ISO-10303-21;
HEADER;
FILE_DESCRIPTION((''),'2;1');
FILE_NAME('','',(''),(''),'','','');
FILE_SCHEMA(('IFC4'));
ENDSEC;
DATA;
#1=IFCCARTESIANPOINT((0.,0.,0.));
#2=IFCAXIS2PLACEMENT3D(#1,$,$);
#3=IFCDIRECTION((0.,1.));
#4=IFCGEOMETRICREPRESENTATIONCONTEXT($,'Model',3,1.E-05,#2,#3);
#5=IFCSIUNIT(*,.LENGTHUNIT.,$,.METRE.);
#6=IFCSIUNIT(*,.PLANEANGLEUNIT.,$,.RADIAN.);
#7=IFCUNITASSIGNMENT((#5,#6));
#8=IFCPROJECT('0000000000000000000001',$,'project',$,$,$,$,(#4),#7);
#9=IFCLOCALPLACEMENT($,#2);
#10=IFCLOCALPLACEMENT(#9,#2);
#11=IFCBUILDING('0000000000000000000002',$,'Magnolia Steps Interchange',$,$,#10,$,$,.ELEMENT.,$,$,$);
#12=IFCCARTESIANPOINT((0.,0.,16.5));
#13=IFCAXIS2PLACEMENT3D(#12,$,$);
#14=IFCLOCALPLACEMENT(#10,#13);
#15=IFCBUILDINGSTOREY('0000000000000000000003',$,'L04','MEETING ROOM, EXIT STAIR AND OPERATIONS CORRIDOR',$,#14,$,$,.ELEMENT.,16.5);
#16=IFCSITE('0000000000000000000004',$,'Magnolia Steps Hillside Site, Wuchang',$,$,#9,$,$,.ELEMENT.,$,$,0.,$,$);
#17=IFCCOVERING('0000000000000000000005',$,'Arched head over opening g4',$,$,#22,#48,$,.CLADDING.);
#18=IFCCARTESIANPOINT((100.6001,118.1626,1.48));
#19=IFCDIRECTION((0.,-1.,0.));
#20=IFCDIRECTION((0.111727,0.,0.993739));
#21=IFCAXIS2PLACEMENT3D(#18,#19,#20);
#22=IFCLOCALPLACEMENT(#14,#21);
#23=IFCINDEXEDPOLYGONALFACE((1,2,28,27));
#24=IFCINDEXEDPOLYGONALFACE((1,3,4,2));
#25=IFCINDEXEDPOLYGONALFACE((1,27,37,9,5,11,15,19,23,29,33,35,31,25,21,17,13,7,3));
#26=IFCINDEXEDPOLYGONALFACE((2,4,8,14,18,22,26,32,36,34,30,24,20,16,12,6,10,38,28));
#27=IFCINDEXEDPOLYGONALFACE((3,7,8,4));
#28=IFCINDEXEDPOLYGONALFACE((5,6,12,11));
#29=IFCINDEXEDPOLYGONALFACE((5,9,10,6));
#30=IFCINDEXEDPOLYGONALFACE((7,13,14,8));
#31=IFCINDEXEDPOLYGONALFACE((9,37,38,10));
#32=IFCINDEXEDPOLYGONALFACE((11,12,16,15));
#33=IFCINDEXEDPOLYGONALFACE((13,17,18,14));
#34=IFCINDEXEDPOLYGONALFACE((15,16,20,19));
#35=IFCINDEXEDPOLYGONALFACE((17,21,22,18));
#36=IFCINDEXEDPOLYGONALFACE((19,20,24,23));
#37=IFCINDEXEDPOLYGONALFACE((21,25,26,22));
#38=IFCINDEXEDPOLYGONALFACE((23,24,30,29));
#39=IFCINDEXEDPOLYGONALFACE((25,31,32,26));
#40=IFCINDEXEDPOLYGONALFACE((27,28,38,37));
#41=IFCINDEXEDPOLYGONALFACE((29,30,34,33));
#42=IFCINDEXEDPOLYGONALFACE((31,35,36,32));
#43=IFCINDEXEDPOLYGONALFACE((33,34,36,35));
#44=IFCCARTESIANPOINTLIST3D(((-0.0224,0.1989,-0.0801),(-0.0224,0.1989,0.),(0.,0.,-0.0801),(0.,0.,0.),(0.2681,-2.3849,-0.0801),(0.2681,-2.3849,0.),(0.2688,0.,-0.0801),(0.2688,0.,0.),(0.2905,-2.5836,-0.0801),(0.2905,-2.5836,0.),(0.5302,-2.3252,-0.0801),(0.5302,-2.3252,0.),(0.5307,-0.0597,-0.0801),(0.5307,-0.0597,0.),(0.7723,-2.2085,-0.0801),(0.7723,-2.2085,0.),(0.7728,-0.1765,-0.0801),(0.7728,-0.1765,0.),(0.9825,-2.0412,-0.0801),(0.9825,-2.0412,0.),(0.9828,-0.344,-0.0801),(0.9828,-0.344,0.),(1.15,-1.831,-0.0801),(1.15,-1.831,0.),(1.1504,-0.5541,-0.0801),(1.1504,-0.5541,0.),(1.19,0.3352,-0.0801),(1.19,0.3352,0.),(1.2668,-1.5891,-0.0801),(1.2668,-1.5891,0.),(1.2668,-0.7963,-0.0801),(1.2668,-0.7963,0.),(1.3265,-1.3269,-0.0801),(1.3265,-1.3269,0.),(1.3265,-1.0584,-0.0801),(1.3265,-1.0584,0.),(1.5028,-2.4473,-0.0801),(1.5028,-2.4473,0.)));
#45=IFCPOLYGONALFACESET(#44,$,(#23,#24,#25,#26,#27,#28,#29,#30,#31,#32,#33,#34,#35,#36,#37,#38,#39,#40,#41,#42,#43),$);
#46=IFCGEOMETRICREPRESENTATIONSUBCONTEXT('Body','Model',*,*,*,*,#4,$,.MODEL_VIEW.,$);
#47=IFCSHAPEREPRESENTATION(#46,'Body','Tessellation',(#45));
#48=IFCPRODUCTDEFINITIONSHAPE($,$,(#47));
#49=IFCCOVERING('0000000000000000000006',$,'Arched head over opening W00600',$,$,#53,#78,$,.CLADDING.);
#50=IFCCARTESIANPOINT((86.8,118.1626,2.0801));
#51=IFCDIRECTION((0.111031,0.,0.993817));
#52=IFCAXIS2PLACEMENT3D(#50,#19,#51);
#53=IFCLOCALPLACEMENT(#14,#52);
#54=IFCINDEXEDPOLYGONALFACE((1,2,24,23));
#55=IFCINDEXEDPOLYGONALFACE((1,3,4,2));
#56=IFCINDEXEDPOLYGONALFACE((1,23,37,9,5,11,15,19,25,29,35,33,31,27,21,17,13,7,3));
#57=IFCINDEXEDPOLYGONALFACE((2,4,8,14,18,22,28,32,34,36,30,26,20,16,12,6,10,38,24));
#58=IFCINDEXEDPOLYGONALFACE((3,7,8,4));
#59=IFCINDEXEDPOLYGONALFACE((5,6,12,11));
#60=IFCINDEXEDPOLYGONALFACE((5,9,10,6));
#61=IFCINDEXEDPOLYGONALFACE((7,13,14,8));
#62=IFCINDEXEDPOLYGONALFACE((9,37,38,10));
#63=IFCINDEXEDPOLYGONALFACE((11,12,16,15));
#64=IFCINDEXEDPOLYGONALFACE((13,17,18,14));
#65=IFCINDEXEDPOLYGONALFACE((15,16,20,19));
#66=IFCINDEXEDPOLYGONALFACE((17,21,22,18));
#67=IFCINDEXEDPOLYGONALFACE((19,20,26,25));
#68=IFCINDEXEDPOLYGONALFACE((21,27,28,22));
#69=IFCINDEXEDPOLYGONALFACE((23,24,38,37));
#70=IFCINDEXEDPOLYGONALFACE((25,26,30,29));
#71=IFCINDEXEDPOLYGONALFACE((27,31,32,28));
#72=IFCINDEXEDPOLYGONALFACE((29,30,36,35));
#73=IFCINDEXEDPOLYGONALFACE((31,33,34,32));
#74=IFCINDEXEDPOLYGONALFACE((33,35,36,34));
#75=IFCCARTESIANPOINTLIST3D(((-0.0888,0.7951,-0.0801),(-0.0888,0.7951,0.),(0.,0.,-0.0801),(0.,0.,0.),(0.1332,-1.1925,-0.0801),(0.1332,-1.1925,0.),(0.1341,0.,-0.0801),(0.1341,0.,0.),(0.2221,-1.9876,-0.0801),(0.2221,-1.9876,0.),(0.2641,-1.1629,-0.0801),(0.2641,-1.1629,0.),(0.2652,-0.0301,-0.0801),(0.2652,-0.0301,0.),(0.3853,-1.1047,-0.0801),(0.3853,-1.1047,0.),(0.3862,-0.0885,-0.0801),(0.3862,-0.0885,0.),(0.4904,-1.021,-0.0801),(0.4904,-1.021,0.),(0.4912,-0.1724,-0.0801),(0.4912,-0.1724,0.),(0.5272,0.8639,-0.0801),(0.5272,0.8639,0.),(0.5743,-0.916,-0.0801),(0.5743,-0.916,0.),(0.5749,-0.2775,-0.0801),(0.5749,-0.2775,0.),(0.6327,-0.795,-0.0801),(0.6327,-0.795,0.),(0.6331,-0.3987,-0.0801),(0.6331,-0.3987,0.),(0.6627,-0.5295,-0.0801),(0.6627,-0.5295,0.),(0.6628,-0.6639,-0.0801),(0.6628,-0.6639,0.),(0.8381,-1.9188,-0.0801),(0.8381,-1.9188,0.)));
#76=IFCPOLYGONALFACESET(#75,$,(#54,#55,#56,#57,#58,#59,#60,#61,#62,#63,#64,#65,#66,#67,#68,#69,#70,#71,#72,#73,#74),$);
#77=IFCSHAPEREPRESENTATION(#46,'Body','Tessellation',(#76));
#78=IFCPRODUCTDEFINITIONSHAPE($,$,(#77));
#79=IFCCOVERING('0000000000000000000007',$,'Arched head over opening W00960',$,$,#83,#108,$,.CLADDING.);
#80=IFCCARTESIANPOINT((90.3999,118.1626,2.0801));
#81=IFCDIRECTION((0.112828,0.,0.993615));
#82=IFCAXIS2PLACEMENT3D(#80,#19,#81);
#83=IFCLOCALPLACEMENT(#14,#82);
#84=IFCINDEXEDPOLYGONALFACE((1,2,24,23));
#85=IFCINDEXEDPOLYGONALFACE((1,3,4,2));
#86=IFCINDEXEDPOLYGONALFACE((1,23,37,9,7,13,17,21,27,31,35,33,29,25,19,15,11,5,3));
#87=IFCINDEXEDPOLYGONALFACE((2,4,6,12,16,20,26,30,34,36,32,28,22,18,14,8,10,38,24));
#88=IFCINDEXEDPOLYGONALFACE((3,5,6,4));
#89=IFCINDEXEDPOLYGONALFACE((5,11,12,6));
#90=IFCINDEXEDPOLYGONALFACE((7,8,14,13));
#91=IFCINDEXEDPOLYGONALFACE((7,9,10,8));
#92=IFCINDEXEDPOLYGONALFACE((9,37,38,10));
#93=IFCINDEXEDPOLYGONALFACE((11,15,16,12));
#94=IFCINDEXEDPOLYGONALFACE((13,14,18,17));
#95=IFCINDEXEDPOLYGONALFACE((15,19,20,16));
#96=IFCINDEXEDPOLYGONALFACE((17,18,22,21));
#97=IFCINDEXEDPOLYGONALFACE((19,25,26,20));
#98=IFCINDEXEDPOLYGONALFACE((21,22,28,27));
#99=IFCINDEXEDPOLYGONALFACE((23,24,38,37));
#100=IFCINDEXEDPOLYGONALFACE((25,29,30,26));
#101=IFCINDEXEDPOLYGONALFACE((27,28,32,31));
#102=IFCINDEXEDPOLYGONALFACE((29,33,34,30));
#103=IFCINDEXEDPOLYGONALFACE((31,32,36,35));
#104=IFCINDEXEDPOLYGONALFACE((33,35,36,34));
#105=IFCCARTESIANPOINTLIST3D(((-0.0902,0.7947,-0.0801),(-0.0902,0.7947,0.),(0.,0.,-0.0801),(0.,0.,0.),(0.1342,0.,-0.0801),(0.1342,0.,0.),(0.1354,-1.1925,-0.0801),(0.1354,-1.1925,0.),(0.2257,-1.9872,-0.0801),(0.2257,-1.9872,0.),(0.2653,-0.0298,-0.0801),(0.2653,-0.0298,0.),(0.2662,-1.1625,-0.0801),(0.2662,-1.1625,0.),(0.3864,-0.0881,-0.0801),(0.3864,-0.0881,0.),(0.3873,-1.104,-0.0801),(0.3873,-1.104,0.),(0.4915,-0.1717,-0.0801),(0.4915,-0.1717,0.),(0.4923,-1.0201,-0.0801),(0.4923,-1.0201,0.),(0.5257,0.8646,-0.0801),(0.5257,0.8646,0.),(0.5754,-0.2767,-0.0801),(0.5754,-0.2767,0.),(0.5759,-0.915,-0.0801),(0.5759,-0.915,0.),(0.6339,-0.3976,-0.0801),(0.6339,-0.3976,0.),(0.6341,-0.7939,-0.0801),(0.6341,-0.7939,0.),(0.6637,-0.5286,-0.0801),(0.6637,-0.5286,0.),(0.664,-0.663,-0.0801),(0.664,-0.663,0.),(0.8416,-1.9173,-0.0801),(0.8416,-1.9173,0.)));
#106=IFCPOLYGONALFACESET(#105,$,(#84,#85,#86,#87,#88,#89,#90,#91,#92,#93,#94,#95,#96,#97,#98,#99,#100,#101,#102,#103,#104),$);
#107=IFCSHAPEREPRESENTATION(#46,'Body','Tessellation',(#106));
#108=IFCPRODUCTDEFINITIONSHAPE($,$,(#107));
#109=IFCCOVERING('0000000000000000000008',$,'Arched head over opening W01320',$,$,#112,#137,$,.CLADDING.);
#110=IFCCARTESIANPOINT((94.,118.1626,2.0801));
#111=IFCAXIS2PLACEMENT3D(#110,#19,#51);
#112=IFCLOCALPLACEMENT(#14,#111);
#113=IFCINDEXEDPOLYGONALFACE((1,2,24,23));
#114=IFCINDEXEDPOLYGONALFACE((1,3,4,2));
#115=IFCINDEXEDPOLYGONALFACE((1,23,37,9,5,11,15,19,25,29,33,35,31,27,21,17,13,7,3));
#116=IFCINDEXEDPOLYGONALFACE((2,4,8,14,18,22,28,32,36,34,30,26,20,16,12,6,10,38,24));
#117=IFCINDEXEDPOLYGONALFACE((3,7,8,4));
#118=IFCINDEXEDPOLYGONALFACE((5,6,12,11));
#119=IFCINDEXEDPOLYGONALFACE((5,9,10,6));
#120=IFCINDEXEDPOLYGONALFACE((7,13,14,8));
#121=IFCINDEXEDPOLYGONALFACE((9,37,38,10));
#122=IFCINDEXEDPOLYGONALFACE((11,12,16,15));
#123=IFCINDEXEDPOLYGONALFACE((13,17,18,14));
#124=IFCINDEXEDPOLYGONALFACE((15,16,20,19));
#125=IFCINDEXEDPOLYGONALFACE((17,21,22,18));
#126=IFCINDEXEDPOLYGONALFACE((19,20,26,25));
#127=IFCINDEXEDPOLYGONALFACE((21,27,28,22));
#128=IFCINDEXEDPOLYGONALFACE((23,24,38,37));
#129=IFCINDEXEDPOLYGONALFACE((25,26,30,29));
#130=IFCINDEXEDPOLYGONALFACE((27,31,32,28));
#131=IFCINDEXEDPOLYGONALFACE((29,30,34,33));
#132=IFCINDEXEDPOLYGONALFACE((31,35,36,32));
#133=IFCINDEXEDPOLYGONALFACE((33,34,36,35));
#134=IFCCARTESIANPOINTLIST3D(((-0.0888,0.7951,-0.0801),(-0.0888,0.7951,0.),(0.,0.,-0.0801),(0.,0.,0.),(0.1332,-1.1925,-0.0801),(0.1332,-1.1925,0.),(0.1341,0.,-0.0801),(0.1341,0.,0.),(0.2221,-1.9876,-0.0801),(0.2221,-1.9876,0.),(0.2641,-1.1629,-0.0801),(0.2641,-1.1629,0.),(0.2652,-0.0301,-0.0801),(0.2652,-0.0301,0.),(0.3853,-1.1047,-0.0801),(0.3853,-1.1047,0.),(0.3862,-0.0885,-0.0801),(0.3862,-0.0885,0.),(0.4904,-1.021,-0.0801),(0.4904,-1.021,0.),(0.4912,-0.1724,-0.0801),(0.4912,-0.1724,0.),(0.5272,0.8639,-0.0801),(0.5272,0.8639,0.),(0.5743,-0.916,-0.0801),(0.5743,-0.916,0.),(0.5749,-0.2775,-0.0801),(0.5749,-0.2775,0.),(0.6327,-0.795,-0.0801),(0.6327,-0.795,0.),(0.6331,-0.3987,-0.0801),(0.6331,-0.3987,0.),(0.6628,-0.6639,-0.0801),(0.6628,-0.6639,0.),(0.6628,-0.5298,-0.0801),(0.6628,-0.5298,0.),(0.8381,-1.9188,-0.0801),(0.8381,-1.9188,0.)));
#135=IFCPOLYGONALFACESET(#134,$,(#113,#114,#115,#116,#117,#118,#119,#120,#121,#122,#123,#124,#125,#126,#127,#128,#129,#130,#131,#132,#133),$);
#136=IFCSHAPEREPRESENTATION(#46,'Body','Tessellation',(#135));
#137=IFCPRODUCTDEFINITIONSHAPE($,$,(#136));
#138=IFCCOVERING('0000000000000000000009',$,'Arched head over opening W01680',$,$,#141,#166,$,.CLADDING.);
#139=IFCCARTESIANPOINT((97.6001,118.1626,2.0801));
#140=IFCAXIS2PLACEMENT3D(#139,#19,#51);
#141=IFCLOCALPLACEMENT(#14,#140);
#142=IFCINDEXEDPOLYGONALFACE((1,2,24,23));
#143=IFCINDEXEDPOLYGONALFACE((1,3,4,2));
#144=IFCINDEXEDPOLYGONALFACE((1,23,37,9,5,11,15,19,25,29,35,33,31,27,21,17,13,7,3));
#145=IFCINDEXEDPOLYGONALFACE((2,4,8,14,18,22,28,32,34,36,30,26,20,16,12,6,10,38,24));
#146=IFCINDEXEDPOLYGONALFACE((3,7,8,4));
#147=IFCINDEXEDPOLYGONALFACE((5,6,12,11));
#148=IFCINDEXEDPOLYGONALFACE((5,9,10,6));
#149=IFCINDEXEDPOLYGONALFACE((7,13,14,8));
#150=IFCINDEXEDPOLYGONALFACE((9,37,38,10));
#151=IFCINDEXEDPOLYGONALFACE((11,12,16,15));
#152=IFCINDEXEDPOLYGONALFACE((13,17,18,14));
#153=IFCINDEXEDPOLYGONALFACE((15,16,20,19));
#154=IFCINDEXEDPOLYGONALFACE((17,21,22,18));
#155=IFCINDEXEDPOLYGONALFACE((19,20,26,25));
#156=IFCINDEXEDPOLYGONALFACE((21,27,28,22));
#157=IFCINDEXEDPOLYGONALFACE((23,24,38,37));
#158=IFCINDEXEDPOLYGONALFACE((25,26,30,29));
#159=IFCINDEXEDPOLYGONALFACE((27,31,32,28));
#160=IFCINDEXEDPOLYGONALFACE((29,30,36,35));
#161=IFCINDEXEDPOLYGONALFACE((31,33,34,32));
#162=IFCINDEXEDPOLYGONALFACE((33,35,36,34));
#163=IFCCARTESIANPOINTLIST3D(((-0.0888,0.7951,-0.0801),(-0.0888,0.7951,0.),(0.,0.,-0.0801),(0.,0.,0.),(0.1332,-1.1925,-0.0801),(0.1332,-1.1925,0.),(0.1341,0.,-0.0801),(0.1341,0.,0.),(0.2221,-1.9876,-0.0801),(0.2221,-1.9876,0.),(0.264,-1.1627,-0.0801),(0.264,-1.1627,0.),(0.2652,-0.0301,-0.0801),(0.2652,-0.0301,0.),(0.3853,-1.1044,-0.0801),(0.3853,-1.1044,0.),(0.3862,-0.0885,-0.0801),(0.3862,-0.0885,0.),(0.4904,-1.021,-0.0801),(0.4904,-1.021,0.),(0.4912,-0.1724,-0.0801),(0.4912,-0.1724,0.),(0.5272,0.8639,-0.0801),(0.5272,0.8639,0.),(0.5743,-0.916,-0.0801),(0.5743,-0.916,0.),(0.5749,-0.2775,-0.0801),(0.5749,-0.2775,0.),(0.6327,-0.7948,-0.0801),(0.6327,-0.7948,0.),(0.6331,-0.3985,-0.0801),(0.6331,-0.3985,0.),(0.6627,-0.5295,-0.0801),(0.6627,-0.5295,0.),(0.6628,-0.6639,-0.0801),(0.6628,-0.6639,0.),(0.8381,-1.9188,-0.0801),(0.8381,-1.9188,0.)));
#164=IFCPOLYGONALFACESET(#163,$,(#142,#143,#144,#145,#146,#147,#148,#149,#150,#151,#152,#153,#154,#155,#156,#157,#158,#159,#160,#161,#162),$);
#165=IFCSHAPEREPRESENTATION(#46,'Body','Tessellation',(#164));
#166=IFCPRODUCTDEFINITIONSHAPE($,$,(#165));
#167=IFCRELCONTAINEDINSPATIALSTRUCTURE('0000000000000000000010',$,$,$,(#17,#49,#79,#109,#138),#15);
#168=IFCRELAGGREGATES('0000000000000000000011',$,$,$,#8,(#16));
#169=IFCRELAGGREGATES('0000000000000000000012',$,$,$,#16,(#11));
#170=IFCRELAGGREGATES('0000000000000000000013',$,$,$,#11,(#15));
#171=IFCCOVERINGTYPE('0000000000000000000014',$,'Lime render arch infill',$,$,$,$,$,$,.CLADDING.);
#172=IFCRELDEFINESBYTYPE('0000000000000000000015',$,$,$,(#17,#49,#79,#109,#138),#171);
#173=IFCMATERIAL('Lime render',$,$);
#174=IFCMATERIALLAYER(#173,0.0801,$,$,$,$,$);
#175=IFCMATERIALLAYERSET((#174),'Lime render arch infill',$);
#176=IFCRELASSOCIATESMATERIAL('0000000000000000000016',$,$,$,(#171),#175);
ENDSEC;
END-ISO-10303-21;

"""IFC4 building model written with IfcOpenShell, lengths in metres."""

from ifc_helpers import new_model, si_unit, direction, frame, origin, place, context, subcontext, project, spatial, polyline, outline, extrude, material, layer, layer_set, type_object, element, save


model = new_model("IFC4")

# Units and contexts
model_context = context("Model", 3, precision=1e-05, world=origin(), true_north=direction((0.0, 1.0)))
body_context = subcontext(model_context, "Body", "Model", "MODEL_VIEW")
ifc_project = project(units=[si_unit("LENGTHUNIT", "METRE"), si_unit("PLANEANGLEUNIT", "RADIAN")], contexts=[model_context])

# Site, building, storey
site_placement = place(None, origin())
site = spatial("IfcSite", under=ifc_project, at=site_placement, Name="Magnolia Steps Hillside Site, Wuchang", CompositionType="ELEMENT", RefElevation=0.0)
building_placement = place(site_placement, origin())
building = spatial("IfcBuilding", under=site, at=building_placement, Name="Magnolia Steps Interchange", CompositionType="ELEMENT")
storey_placement = place(building_placement, frame((0.0, 0.0, 16.5)))
storey = spatial("IfcBuildingStorey", under=building, at=storey_placement, Name="L04", Description="MEETING ROOM, EXIT STAIR AND OPERATIONS CORRIDOR", CompositionType="ELEMENT", Elevation=16.5)

# Coverings
ifc_material_1 = material(Name="Lime render")
ifc_layer_1 = layer(ifc_material_1, 0.0801)
ifc_layer_set_1 = layer_set([ifc_layer_1], Name="Lime render arch infill")
covering_type_1 = type_object("IfcCoveringType", Name="Lime render arch infill", PredefinedType="CLADDING", material=ifc_layer_set_1)
covering_1_placement = place(storey_placement, frame((100.6001, 118.1626, 1.48), z_axis=(0.0, -1.0, 0.0), x_axis=(0.111727, 0.0, 0.993739)))
element("IfcCovering", 1, at=covering_1_placement, inside=storey, type_object=covering_type_1, Name="Arched head over opening g4", PredefinedType="CLADDING", context=body_context, shape_type="SweptSolid", body=[
    extrude(outline(polyline([(0.0, 0.0), (0.2688, 0.0), (0.5307, -0.0597), (0.7728, -0.1765), (0.9828, -0.344), (1.1504, -0.5541), (1.2668, -0.7963), (1.3265, -1.0584), (1.3265, -1.3269), (1.2668, -1.5891), (1.15, -1.831), (0.9825, -2.0412), (0.7723, -2.2085), (0.5302, -2.3252), (0.2681, -2.3849), (0.2905, -2.5836), (1.5028, -2.4473), (1.19, 0.3352), (-0.0224, 0.1989), (0.0, 0.0)])), origin(), (0.0, 0.0, -1.0), 0.0801),
])
covering_2_placement = place(storey_placement, frame((86.8, 118.1626, 2.0801), z_axis=(0.0, -1.0, 0.0), x_axis=(0.111031, 0.0, 0.993817)))
element("IfcCovering", 2, at=covering_2_placement, inside=storey, type_object=covering_type_1, Name="Arched head over opening W00600", PredefinedType="CLADDING", context=body_context, shape_type="SweptSolid", body=[
    extrude(outline(polyline([(0.0, 0.0), (0.1341, 0.0), (0.2652, -0.0301), (0.3862, -0.0885), (0.4912, -0.1724), (0.5749, -0.2775), (0.6331, -0.3987), (0.6627, -0.5295), (0.6628, -0.6639), (0.6327, -0.795), (0.5743, -0.916), (0.4904, -1.021), (0.3853, -1.1047), (0.2641, -1.1629), (0.1332, -1.1925), (0.2221, -1.9876), (0.8381, -1.9188), (0.5272, 0.8639), (-0.0888, 0.7951), (0.0, 0.0)])), origin(), (0.0, 0.0, -1.0), 0.0801),
])
covering_3_placement = place(storey_placement, frame((90.3999, 118.1626, 2.0801), z_axis=(0.0, -1.0, 0.0), x_axis=(0.112828, 0.0, 0.993615)))
element("IfcCovering", 3, at=covering_3_placement, inside=storey, type_object=covering_type_1, Name="Arched head over opening W00960", PredefinedType="CLADDING", context=body_context, shape_type="SweptSolid", body=[
    extrude(outline(polyline([(0.0, 0.0), (0.1342, 0.0), (0.2653, -0.0298), (0.3864, -0.0881), (0.4915, -0.1717), (0.5754, -0.2767), (0.6339, -0.3976), (0.6637, -0.5286), (0.664, -0.663), (0.6341, -0.7939), (0.5759, -0.915), (0.4923, -1.0201), (0.3873, -1.104), (0.2662, -1.1625), (0.1354, -1.1925), (0.2257, -1.9872), (0.8416, -1.9173), (0.5257, 0.8646), (-0.0902, 0.7947), (0.0, 0.0)])), origin(), (0.0, 0.0, -1.0), 0.0801),
])
covering_4_placement = place(storey_placement, frame((94.0, 118.1626, 2.0801), z_axis=(0.0, -1.0, 0.0), x_axis=(0.111031, 0.0, 0.993817)))
element("IfcCovering", 4, at=covering_4_placement, inside=storey, type_object=covering_type_1, Name="Arched head over opening W01320", PredefinedType="CLADDING", context=body_context, shape_type="SweptSolid", body=[
    extrude(outline(polyline([(0.0, 0.0), (0.1341, 0.0), (0.2652, -0.0301), (0.3862, -0.0885), (0.4912, -0.1724), (0.5749, -0.2775), (0.6331, -0.3987), (0.6628, -0.5298), (0.6628, -0.6639), (0.6327, -0.795), (0.5743, -0.916), (0.4904, -1.021), (0.3853, -1.1047), (0.2641, -1.1629), (0.1332, -1.1925), (0.2221, -1.9876), (0.8381, -1.9188), (0.5272, 0.8639), (-0.0888, 0.7951), (0.0, 0.0)])), origin(), (0.0, 0.0, -1.0), 0.0801),
])
covering_5_placement = place(storey_placement, frame((97.6001, 118.1626, 2.0801), z_axis=(0.0, -1.0, 0.0), x_axis=(0.111031, 0.0, 0.993817)))
element("IfcCovering", 5, at=covering_5_placement, inside=storey, type_object=covering_type_1, Name="Arched head over opening W01680", PredefinedType="CLADDING", context=body_context, shape_type="SweptSolid", body=[
    extrude(outline(polyline([(0.0, 0.0), (0.1341, 0.0), (0.2652, -0.0301), (0.3862, -0.0885), (0.4912, -0.1724), (0.5749, -0.2775), (0.6331, -0.3985), (0.6627, -0.5295), (0.6628, -0.6639), (0.6327, -0.7948), (0.5743, -0.916), (0.4904, -1.021), (0.3853, -1.1044), (0.264, -1.1627), (0.1332, -1.1925), (0.2221, -1.9876), (0.8381, -1.9188), (0.5272, 0.8639), (-0.0888, 0.7951), (0.0, 0.0)])), origin(), (0.0, 0.0, -1.0), 0.0801),
])

save(model, "model.ifc")
